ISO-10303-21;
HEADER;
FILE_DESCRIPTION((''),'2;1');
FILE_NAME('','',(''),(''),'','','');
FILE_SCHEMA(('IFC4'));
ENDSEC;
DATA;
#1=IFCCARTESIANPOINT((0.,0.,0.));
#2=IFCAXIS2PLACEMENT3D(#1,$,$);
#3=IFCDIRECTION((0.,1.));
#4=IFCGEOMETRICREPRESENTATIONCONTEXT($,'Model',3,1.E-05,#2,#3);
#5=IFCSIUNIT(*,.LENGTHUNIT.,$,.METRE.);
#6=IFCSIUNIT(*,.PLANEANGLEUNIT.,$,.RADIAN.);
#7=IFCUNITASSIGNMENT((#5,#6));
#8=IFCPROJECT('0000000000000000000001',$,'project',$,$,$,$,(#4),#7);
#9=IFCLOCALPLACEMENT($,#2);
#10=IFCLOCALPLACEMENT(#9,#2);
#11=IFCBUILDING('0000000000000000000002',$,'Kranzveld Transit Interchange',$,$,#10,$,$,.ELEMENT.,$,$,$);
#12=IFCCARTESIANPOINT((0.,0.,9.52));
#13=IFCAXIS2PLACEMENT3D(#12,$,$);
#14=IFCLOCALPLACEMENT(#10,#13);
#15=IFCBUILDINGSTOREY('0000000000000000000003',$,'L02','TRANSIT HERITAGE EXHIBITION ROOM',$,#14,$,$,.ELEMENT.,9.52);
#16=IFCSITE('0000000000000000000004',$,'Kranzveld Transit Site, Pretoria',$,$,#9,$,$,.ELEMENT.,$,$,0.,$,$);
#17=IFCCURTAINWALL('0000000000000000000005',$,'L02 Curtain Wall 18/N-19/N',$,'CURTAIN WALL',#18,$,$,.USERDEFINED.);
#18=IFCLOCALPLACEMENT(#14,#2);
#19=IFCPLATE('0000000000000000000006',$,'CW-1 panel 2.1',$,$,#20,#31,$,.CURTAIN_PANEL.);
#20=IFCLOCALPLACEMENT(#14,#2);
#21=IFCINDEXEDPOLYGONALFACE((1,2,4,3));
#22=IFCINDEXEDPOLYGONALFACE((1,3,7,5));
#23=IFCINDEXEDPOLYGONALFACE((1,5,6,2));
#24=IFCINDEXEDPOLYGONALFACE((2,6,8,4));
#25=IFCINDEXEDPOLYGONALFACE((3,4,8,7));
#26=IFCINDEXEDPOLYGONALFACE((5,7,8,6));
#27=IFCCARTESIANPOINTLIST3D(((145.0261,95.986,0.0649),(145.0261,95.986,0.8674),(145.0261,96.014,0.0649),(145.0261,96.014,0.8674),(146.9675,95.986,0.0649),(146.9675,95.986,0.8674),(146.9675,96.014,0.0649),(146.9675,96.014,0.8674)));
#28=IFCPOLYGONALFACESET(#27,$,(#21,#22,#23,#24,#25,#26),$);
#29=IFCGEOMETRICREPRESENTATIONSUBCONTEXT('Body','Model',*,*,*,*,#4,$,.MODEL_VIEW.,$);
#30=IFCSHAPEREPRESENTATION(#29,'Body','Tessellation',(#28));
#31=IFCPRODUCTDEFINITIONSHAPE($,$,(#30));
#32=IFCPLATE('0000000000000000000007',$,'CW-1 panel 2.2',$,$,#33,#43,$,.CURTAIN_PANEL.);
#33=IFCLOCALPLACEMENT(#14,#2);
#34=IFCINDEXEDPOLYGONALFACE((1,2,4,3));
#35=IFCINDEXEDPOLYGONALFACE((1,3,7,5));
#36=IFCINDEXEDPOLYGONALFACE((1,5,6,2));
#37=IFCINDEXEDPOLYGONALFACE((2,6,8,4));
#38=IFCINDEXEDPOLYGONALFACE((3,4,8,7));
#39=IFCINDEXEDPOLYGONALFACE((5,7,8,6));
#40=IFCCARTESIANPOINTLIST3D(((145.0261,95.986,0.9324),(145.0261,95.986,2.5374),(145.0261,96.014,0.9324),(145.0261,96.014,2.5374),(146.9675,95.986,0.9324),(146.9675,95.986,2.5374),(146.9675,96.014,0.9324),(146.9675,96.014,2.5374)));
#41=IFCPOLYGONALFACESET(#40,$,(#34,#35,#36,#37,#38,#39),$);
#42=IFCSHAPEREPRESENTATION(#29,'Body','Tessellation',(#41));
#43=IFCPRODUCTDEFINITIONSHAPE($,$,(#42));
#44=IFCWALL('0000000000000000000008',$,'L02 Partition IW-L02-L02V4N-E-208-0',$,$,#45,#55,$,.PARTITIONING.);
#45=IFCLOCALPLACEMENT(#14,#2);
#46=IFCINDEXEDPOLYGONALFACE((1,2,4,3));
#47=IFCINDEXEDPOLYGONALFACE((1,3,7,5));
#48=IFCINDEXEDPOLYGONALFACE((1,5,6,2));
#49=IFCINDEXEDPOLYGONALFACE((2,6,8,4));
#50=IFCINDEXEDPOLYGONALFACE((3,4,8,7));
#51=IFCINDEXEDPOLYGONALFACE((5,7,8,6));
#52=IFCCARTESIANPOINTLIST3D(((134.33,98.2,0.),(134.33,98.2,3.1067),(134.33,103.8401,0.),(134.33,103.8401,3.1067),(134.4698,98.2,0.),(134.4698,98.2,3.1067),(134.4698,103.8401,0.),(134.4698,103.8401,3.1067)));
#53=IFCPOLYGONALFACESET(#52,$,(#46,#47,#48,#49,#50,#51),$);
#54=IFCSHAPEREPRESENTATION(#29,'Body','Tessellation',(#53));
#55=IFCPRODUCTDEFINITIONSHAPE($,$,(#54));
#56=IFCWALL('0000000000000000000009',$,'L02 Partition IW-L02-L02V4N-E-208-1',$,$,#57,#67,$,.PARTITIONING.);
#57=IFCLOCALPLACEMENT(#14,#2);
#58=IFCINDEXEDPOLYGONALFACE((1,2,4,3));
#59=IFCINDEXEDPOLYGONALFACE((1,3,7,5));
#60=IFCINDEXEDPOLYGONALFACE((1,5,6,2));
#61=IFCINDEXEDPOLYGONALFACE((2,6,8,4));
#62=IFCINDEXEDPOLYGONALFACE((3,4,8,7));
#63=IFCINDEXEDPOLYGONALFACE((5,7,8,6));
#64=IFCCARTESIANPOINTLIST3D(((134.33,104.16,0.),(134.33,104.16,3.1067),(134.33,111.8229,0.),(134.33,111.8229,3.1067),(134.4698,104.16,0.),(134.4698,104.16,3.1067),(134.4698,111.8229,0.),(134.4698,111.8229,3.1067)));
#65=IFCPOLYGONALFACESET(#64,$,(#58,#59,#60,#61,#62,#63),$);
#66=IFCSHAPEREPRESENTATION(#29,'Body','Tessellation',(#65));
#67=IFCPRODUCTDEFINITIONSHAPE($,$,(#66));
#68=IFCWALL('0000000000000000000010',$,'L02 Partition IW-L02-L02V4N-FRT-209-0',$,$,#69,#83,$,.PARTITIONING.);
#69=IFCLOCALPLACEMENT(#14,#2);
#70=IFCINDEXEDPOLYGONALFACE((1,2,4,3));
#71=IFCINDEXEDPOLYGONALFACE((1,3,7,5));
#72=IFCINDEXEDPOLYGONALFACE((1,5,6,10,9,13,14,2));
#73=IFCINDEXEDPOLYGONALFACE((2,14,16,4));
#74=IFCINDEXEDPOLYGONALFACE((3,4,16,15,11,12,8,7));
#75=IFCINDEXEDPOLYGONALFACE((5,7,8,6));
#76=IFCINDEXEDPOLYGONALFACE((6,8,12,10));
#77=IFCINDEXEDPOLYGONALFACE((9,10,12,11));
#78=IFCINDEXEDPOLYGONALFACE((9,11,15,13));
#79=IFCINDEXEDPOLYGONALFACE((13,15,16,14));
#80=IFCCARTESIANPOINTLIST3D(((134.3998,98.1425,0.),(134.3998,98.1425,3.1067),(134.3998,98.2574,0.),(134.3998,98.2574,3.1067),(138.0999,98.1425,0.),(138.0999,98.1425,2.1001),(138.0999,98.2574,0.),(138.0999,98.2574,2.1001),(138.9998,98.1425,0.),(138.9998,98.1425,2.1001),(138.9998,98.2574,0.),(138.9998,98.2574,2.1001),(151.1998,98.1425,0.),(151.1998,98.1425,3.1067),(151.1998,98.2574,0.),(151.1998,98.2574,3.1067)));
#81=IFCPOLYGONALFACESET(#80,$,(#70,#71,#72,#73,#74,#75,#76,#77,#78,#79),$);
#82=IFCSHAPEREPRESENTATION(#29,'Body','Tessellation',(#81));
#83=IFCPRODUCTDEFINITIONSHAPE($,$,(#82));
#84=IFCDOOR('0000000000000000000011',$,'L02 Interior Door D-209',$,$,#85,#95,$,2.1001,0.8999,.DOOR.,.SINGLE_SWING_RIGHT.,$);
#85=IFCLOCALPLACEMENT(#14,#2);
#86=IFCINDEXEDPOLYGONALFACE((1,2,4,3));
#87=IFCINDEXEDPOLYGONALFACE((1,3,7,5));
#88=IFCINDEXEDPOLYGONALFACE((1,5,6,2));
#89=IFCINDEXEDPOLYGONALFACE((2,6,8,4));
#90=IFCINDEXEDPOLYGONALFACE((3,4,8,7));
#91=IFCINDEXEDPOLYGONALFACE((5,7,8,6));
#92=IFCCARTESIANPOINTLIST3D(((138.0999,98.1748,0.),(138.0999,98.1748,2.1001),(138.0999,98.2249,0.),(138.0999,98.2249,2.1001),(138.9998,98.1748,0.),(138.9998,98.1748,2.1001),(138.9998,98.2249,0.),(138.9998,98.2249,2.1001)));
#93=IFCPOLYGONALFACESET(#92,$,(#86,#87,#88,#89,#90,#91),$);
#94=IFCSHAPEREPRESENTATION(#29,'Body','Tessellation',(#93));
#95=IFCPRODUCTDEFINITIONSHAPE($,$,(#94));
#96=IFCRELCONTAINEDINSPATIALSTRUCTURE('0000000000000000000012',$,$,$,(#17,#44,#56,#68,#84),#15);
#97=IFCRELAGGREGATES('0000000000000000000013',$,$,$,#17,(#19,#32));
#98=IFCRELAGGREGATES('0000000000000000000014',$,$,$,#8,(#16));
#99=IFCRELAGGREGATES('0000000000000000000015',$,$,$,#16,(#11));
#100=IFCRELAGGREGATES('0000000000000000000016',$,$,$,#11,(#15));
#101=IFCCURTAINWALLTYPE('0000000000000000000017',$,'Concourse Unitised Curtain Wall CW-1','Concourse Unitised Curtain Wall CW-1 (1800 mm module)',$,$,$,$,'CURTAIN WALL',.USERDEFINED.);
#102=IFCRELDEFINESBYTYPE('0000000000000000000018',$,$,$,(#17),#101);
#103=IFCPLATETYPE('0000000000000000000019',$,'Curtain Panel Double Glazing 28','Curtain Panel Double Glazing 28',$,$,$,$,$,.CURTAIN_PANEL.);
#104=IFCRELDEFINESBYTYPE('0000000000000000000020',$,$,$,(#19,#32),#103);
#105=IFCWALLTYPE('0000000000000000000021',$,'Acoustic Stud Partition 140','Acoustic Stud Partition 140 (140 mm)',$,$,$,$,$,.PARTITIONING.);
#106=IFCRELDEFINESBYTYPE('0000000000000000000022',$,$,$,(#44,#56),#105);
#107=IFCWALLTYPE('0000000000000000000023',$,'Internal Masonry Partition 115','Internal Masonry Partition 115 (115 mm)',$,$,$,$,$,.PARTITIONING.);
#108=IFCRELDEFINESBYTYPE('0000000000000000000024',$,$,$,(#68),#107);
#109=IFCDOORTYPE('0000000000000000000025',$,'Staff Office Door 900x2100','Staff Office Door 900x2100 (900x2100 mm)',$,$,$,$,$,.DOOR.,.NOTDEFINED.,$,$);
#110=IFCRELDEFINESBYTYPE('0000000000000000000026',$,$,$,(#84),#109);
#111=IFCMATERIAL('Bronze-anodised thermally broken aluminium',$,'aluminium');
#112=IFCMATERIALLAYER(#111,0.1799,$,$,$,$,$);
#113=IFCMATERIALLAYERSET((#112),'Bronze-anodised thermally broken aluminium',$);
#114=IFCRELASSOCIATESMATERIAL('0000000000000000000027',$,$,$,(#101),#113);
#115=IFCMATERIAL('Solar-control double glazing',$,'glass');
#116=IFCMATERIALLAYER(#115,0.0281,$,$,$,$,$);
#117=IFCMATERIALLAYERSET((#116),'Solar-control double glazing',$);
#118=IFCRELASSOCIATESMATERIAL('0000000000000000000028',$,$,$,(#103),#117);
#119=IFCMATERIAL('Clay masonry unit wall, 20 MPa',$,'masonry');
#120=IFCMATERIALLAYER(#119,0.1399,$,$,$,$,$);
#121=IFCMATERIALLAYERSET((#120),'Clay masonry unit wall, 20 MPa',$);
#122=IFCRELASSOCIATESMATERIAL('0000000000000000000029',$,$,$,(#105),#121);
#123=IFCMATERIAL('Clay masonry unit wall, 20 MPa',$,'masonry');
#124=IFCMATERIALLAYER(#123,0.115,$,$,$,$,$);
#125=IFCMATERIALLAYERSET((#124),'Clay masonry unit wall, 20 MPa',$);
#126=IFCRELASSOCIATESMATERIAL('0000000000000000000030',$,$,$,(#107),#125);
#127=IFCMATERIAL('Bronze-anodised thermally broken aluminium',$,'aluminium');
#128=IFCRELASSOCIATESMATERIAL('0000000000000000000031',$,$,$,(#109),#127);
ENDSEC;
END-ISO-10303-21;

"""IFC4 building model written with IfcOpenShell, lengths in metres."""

from ifc_helpers import new_model, si_unit, direction, frame, frame_2d, origin, origin_2d, place, context, subcontext, project, spatial, rectangle, extrude, material, layer, layer_set, type_object, element, fill, aggregate, save


model = new_model("IFC4")

# Units and contexts
model_context = context("Model", 3, precision=1e-05, world=origin(), true_north=direction((0.0, 1.0)))
body_context = subcontext(model_context, "Body", "Model", "MODEL_VIEW")
ifc_project = project(units=[si_unit("LENGTHUNIT", "METRE"), si_unit("PLANEANGLEUNIT", "RADIAN")], contexts=[model_context])

# Site, building, storey
site_placement = place(None, origin())
site = spatial("IfcSite", under=ifc_project, at=site_placement, Name="Kranzveld Transit Site, Pretoria", CompositionType="ELEMENT", RefElevation=0.0)
building_placement = place(site_placement, origin())
building = spatial("IfcBuilding", under=site, at=building_placement, Name="Kranzveld Transit Interchange", CompositionType="ELEMENT")
storey_placement = place(building_placement, frame((0.0, 0.0, 9.52)))
storey = spatial("IfcBuildingStorey", under=building, at=storey_placement, Name="L02", Description="TRANSIT HERITAGE EXHIBITION ROOM", CompositionType="ELEMENT", Elevation=9.52)

# Curtain wall
ifc_material_1 = material(Name="Bronze-anodised thermally broken aluminium", Category="aluminium")
ifc_layer_1 = layer(ifc_material_1, 0.1799)
ifc_layer_set_1 = layer_set([ifc_layer_1], Name="Bronze-anodised thermally broken aluminium")
curtain_wall_type_1 = type_object("IfcCurtainWallType", Name="Concourse Unitised Curtain Wall CW-1", Description="Concourse Unitised Curtain Wall CW-1 (1800 mm module)", ElementType="CURTAIN WALL", PredefinedType="USERDEFINED", material=ifc_layer_set_1)
curtain_wall_1_placement = place(storey_placement, origin())
curtain_wall_1 = element("IfcCurtainWall", 1, at=curtain_wall_1_placement, inside=storey, type_object=curtain_wall_type_1, Name="L02 Curtain Wall 18/N-19/N", ObjectType="CURTAIN WALL", PredefinedType="USERDEFINED")

# Plates
ifc_material_2 = material(Name="Solar-control double glazing", Category="glass")
ifc_layer_2 = layer(ifc_material_2, 0.0281)
ifc_layer_set_2 = layer_set([ifc_layer_2], Name="Solar-control double glazing")
plate_type_1 = type_object("IfcPlateType", Name="Curtain Panel Double Glazing 28", Description="Curtain Panel Double Glazing 28", PredefinedType="CURTAIN_PANEL", material=ifc_layer_set_2)
plate_1_placement = place(storey_placement, frame((145.9968, 96.0, 0.0649), z_axis=(0.0, 0.0, 1.0), x_axis=(1.0, 0.0, 0.0)))
plate_1 = element("IfcPlate", 2, at=plate_1_placement, type_object=plate_type_1, Name="CW-1 panel 2.1", PredefinedType="CURTAIN_PANEL", context=body_context, shape_type="SweptSolid", body=[
    extrude(rectangle(XDim=1.9414, YDim=0.0281, at=origin_2d()), origin(), (0.0, 0.0, 1.0), 0.8025),
])
plate_2_placement = place(storey_placement, frame((145.9968, 96.0, 0.9324), z_axis=(0.0, 0.0, 1.0), x_axis=(1.0, 0.0, 0.0)))
plate_2 = element("IfcPlate", 3, at=plate_2_placement, type_object=plate_type_1, Name="CW-1 panel 2.2", PredefinedType="CURTAIN_PANEL", context=body_context, shape_type="SweptSolid", body=[
    extrude(rectangle(XDim=1.9414, YDim=0.0281, at=origin_2d()), origin(), (0.0, 0.0, 1.0), 1.605),
])
aggregate(curtain_wall_1, [plate_1, plate_2])

# Walls
ifc_material_3 = material(Name="Clay masonry unit wall, 20 MPa", Category="masonry")
ifc_layer_3 = layer(ifc_material_3, 0.1399)
ifc_layer_set_3 = layer_set([ifc_layer_3], Name="Clay masonry unit wall, 20 MPa")
wall_type_1 = type_object("IfcWallType", Name="Acoustic Stud Partition 140", Description="Acoustic Stud Partition 140 (140 mm)", PredefinedType="PARTITIONING", material=ifc_layer_set_3)
wall_1_placement = place(storey_placement, frame((134.3999, 98.2, 0.0), z_axis=(0.0, 0.0, 1.0), x_axis=(0.0, 1.0, 0.0)))
element("IfcWall", 4, at=wall_1_placement, inside=storey, type_object=wall_type_1, Name="L02 Partition IW-L02-L02V4N-E-208-0", PredefinedType="PARTITIONING", context=body_context, shape_type="SweptSolid", body=[
    extrude(rectangle(XDim=5.6401, YDim=0.1399, at=frame_2d((2.8201, 0.0))), origin(), (0.0, 0.0, 1.0), 3.1067),
])
wall_2_placement = place(storey_placement, frame((134.3999, 104.1599, 0.0), z_axis=(0.0, 0.0, 1.0), x_axis=(0.0, 1.0, 0.0)))
element("IfcWall", 5, at=wall_2_placement, inside=storey, type_object=wall_type_1, Name="L02 Partition IW-L02-L02V4N-E-208-1", PredefinedType="PARTITIONING", context=body_context, shape_type="SweptSolid", body=[
    extrude(rectangle(XDim=7.6628, YDim=0.1399, at=frame_2d((3.8315, 0.0))), origin(), (0.0, 0.0, 1.0), 3.1067),
])

# Wall, opening, door
ifc_material_4 = material(Name="Clay masonry unit wall, 20 MPa", Category="masonry")
ifc_layer_4 = layer(ifc_material_4, 0.115)
ifc_layer_set_4 = layer_set([ifc_layer_4], Name="Clay masonry unit wall, 20 MPa")
wall_type_2 = type_object("IfcWallType", Name="Internal Masonry Partition 115", Description="Internal Masonry Partition 115 (115 mm)", PredefinedType="PARTITIONING", material=ifc_layer_set_4)
wall_3_placement = place(storey_placement, frame((134.3999, 98.2, 0.0), z_axis=(0.0, 0.0, 1.0), x_axis=(1.0, 0.0, 0.0)))
wall_3 = element("IfcWall", 6, at=wall_3_placement, inside=storey, type_object=wall_type_2, Name="L02 Partition IW-L02-L02V4N-FRT-209-0", PredefinedType="PARTITIONING", context=body_context, shape_type="SweptSolid", body=[
    extrude(rectangle(XDim=16.8, YDim=0.115, at=frame_2d((8.3999, 0.0))), origin(), (0.0, 0.0, 1.0), 3.1067),
])
opening_placement = place(wall_3_placement, frame((3.7, 0.0, 0.0), z_axis=(0.0, 0.0, 1.0), x_axis=(1.0, 0.0, 0.0)))
opening = element("IfcOpeningElement", 7, at=opening_placement, cuts=wall_3, PredefinedType="OPENING", context=body_context, shape_type="SweptSolid", body=[
    extrude(rectangle(XDim=0.8999, YDim=2.1001, at=frame_2d((0.45, 1.05))), frame((0.0, 0.0674, 0.0), z_axis=(0.0, -1.0, 0.0), x_axis=(1.0, 0.0, 0.0)), (0.0, 0.0, 1.0), 0.135),
])
ifc_material_5 = material(Name="Bronze-anodised thermally broken aluminium", Category="aluminium")
door_type = type_object("IfcDoorType", Name="Staff Office Door 900x2100", Description="Staff Office Door 900x2100 (900x2100 mm)", OperationType="NOTDEFINED", PredefinedType="DOOR", material=ifc_material_5)
door_placement = place(opening_placement, origin())
door = element("IfcDoor", 8, at=door_placement, inside=storey, type_object=door_type, Name="L02 Interior Door D-209", OperationType="SINGLE_SWING_RIGHT", OverallHeight=2.1001, OverallWidth=0.8999, PredefinedType="DOOR", context=body_context, shape_type="SweptSolid", body=[
    extrude(rectangle(XDim=0.8999, YDim=2.1001, at=frame_2d((0.45, 1.05))), frame((0.0, 0.0249, 0.0), z_axis=(0.0, -1.0, 0.0), x_axis=(1.0, 0.0, 0.0)), (0.0, 0.0, 1.0), 0.05),
])
fill(opening, door)

save(model, "model.ifc")
